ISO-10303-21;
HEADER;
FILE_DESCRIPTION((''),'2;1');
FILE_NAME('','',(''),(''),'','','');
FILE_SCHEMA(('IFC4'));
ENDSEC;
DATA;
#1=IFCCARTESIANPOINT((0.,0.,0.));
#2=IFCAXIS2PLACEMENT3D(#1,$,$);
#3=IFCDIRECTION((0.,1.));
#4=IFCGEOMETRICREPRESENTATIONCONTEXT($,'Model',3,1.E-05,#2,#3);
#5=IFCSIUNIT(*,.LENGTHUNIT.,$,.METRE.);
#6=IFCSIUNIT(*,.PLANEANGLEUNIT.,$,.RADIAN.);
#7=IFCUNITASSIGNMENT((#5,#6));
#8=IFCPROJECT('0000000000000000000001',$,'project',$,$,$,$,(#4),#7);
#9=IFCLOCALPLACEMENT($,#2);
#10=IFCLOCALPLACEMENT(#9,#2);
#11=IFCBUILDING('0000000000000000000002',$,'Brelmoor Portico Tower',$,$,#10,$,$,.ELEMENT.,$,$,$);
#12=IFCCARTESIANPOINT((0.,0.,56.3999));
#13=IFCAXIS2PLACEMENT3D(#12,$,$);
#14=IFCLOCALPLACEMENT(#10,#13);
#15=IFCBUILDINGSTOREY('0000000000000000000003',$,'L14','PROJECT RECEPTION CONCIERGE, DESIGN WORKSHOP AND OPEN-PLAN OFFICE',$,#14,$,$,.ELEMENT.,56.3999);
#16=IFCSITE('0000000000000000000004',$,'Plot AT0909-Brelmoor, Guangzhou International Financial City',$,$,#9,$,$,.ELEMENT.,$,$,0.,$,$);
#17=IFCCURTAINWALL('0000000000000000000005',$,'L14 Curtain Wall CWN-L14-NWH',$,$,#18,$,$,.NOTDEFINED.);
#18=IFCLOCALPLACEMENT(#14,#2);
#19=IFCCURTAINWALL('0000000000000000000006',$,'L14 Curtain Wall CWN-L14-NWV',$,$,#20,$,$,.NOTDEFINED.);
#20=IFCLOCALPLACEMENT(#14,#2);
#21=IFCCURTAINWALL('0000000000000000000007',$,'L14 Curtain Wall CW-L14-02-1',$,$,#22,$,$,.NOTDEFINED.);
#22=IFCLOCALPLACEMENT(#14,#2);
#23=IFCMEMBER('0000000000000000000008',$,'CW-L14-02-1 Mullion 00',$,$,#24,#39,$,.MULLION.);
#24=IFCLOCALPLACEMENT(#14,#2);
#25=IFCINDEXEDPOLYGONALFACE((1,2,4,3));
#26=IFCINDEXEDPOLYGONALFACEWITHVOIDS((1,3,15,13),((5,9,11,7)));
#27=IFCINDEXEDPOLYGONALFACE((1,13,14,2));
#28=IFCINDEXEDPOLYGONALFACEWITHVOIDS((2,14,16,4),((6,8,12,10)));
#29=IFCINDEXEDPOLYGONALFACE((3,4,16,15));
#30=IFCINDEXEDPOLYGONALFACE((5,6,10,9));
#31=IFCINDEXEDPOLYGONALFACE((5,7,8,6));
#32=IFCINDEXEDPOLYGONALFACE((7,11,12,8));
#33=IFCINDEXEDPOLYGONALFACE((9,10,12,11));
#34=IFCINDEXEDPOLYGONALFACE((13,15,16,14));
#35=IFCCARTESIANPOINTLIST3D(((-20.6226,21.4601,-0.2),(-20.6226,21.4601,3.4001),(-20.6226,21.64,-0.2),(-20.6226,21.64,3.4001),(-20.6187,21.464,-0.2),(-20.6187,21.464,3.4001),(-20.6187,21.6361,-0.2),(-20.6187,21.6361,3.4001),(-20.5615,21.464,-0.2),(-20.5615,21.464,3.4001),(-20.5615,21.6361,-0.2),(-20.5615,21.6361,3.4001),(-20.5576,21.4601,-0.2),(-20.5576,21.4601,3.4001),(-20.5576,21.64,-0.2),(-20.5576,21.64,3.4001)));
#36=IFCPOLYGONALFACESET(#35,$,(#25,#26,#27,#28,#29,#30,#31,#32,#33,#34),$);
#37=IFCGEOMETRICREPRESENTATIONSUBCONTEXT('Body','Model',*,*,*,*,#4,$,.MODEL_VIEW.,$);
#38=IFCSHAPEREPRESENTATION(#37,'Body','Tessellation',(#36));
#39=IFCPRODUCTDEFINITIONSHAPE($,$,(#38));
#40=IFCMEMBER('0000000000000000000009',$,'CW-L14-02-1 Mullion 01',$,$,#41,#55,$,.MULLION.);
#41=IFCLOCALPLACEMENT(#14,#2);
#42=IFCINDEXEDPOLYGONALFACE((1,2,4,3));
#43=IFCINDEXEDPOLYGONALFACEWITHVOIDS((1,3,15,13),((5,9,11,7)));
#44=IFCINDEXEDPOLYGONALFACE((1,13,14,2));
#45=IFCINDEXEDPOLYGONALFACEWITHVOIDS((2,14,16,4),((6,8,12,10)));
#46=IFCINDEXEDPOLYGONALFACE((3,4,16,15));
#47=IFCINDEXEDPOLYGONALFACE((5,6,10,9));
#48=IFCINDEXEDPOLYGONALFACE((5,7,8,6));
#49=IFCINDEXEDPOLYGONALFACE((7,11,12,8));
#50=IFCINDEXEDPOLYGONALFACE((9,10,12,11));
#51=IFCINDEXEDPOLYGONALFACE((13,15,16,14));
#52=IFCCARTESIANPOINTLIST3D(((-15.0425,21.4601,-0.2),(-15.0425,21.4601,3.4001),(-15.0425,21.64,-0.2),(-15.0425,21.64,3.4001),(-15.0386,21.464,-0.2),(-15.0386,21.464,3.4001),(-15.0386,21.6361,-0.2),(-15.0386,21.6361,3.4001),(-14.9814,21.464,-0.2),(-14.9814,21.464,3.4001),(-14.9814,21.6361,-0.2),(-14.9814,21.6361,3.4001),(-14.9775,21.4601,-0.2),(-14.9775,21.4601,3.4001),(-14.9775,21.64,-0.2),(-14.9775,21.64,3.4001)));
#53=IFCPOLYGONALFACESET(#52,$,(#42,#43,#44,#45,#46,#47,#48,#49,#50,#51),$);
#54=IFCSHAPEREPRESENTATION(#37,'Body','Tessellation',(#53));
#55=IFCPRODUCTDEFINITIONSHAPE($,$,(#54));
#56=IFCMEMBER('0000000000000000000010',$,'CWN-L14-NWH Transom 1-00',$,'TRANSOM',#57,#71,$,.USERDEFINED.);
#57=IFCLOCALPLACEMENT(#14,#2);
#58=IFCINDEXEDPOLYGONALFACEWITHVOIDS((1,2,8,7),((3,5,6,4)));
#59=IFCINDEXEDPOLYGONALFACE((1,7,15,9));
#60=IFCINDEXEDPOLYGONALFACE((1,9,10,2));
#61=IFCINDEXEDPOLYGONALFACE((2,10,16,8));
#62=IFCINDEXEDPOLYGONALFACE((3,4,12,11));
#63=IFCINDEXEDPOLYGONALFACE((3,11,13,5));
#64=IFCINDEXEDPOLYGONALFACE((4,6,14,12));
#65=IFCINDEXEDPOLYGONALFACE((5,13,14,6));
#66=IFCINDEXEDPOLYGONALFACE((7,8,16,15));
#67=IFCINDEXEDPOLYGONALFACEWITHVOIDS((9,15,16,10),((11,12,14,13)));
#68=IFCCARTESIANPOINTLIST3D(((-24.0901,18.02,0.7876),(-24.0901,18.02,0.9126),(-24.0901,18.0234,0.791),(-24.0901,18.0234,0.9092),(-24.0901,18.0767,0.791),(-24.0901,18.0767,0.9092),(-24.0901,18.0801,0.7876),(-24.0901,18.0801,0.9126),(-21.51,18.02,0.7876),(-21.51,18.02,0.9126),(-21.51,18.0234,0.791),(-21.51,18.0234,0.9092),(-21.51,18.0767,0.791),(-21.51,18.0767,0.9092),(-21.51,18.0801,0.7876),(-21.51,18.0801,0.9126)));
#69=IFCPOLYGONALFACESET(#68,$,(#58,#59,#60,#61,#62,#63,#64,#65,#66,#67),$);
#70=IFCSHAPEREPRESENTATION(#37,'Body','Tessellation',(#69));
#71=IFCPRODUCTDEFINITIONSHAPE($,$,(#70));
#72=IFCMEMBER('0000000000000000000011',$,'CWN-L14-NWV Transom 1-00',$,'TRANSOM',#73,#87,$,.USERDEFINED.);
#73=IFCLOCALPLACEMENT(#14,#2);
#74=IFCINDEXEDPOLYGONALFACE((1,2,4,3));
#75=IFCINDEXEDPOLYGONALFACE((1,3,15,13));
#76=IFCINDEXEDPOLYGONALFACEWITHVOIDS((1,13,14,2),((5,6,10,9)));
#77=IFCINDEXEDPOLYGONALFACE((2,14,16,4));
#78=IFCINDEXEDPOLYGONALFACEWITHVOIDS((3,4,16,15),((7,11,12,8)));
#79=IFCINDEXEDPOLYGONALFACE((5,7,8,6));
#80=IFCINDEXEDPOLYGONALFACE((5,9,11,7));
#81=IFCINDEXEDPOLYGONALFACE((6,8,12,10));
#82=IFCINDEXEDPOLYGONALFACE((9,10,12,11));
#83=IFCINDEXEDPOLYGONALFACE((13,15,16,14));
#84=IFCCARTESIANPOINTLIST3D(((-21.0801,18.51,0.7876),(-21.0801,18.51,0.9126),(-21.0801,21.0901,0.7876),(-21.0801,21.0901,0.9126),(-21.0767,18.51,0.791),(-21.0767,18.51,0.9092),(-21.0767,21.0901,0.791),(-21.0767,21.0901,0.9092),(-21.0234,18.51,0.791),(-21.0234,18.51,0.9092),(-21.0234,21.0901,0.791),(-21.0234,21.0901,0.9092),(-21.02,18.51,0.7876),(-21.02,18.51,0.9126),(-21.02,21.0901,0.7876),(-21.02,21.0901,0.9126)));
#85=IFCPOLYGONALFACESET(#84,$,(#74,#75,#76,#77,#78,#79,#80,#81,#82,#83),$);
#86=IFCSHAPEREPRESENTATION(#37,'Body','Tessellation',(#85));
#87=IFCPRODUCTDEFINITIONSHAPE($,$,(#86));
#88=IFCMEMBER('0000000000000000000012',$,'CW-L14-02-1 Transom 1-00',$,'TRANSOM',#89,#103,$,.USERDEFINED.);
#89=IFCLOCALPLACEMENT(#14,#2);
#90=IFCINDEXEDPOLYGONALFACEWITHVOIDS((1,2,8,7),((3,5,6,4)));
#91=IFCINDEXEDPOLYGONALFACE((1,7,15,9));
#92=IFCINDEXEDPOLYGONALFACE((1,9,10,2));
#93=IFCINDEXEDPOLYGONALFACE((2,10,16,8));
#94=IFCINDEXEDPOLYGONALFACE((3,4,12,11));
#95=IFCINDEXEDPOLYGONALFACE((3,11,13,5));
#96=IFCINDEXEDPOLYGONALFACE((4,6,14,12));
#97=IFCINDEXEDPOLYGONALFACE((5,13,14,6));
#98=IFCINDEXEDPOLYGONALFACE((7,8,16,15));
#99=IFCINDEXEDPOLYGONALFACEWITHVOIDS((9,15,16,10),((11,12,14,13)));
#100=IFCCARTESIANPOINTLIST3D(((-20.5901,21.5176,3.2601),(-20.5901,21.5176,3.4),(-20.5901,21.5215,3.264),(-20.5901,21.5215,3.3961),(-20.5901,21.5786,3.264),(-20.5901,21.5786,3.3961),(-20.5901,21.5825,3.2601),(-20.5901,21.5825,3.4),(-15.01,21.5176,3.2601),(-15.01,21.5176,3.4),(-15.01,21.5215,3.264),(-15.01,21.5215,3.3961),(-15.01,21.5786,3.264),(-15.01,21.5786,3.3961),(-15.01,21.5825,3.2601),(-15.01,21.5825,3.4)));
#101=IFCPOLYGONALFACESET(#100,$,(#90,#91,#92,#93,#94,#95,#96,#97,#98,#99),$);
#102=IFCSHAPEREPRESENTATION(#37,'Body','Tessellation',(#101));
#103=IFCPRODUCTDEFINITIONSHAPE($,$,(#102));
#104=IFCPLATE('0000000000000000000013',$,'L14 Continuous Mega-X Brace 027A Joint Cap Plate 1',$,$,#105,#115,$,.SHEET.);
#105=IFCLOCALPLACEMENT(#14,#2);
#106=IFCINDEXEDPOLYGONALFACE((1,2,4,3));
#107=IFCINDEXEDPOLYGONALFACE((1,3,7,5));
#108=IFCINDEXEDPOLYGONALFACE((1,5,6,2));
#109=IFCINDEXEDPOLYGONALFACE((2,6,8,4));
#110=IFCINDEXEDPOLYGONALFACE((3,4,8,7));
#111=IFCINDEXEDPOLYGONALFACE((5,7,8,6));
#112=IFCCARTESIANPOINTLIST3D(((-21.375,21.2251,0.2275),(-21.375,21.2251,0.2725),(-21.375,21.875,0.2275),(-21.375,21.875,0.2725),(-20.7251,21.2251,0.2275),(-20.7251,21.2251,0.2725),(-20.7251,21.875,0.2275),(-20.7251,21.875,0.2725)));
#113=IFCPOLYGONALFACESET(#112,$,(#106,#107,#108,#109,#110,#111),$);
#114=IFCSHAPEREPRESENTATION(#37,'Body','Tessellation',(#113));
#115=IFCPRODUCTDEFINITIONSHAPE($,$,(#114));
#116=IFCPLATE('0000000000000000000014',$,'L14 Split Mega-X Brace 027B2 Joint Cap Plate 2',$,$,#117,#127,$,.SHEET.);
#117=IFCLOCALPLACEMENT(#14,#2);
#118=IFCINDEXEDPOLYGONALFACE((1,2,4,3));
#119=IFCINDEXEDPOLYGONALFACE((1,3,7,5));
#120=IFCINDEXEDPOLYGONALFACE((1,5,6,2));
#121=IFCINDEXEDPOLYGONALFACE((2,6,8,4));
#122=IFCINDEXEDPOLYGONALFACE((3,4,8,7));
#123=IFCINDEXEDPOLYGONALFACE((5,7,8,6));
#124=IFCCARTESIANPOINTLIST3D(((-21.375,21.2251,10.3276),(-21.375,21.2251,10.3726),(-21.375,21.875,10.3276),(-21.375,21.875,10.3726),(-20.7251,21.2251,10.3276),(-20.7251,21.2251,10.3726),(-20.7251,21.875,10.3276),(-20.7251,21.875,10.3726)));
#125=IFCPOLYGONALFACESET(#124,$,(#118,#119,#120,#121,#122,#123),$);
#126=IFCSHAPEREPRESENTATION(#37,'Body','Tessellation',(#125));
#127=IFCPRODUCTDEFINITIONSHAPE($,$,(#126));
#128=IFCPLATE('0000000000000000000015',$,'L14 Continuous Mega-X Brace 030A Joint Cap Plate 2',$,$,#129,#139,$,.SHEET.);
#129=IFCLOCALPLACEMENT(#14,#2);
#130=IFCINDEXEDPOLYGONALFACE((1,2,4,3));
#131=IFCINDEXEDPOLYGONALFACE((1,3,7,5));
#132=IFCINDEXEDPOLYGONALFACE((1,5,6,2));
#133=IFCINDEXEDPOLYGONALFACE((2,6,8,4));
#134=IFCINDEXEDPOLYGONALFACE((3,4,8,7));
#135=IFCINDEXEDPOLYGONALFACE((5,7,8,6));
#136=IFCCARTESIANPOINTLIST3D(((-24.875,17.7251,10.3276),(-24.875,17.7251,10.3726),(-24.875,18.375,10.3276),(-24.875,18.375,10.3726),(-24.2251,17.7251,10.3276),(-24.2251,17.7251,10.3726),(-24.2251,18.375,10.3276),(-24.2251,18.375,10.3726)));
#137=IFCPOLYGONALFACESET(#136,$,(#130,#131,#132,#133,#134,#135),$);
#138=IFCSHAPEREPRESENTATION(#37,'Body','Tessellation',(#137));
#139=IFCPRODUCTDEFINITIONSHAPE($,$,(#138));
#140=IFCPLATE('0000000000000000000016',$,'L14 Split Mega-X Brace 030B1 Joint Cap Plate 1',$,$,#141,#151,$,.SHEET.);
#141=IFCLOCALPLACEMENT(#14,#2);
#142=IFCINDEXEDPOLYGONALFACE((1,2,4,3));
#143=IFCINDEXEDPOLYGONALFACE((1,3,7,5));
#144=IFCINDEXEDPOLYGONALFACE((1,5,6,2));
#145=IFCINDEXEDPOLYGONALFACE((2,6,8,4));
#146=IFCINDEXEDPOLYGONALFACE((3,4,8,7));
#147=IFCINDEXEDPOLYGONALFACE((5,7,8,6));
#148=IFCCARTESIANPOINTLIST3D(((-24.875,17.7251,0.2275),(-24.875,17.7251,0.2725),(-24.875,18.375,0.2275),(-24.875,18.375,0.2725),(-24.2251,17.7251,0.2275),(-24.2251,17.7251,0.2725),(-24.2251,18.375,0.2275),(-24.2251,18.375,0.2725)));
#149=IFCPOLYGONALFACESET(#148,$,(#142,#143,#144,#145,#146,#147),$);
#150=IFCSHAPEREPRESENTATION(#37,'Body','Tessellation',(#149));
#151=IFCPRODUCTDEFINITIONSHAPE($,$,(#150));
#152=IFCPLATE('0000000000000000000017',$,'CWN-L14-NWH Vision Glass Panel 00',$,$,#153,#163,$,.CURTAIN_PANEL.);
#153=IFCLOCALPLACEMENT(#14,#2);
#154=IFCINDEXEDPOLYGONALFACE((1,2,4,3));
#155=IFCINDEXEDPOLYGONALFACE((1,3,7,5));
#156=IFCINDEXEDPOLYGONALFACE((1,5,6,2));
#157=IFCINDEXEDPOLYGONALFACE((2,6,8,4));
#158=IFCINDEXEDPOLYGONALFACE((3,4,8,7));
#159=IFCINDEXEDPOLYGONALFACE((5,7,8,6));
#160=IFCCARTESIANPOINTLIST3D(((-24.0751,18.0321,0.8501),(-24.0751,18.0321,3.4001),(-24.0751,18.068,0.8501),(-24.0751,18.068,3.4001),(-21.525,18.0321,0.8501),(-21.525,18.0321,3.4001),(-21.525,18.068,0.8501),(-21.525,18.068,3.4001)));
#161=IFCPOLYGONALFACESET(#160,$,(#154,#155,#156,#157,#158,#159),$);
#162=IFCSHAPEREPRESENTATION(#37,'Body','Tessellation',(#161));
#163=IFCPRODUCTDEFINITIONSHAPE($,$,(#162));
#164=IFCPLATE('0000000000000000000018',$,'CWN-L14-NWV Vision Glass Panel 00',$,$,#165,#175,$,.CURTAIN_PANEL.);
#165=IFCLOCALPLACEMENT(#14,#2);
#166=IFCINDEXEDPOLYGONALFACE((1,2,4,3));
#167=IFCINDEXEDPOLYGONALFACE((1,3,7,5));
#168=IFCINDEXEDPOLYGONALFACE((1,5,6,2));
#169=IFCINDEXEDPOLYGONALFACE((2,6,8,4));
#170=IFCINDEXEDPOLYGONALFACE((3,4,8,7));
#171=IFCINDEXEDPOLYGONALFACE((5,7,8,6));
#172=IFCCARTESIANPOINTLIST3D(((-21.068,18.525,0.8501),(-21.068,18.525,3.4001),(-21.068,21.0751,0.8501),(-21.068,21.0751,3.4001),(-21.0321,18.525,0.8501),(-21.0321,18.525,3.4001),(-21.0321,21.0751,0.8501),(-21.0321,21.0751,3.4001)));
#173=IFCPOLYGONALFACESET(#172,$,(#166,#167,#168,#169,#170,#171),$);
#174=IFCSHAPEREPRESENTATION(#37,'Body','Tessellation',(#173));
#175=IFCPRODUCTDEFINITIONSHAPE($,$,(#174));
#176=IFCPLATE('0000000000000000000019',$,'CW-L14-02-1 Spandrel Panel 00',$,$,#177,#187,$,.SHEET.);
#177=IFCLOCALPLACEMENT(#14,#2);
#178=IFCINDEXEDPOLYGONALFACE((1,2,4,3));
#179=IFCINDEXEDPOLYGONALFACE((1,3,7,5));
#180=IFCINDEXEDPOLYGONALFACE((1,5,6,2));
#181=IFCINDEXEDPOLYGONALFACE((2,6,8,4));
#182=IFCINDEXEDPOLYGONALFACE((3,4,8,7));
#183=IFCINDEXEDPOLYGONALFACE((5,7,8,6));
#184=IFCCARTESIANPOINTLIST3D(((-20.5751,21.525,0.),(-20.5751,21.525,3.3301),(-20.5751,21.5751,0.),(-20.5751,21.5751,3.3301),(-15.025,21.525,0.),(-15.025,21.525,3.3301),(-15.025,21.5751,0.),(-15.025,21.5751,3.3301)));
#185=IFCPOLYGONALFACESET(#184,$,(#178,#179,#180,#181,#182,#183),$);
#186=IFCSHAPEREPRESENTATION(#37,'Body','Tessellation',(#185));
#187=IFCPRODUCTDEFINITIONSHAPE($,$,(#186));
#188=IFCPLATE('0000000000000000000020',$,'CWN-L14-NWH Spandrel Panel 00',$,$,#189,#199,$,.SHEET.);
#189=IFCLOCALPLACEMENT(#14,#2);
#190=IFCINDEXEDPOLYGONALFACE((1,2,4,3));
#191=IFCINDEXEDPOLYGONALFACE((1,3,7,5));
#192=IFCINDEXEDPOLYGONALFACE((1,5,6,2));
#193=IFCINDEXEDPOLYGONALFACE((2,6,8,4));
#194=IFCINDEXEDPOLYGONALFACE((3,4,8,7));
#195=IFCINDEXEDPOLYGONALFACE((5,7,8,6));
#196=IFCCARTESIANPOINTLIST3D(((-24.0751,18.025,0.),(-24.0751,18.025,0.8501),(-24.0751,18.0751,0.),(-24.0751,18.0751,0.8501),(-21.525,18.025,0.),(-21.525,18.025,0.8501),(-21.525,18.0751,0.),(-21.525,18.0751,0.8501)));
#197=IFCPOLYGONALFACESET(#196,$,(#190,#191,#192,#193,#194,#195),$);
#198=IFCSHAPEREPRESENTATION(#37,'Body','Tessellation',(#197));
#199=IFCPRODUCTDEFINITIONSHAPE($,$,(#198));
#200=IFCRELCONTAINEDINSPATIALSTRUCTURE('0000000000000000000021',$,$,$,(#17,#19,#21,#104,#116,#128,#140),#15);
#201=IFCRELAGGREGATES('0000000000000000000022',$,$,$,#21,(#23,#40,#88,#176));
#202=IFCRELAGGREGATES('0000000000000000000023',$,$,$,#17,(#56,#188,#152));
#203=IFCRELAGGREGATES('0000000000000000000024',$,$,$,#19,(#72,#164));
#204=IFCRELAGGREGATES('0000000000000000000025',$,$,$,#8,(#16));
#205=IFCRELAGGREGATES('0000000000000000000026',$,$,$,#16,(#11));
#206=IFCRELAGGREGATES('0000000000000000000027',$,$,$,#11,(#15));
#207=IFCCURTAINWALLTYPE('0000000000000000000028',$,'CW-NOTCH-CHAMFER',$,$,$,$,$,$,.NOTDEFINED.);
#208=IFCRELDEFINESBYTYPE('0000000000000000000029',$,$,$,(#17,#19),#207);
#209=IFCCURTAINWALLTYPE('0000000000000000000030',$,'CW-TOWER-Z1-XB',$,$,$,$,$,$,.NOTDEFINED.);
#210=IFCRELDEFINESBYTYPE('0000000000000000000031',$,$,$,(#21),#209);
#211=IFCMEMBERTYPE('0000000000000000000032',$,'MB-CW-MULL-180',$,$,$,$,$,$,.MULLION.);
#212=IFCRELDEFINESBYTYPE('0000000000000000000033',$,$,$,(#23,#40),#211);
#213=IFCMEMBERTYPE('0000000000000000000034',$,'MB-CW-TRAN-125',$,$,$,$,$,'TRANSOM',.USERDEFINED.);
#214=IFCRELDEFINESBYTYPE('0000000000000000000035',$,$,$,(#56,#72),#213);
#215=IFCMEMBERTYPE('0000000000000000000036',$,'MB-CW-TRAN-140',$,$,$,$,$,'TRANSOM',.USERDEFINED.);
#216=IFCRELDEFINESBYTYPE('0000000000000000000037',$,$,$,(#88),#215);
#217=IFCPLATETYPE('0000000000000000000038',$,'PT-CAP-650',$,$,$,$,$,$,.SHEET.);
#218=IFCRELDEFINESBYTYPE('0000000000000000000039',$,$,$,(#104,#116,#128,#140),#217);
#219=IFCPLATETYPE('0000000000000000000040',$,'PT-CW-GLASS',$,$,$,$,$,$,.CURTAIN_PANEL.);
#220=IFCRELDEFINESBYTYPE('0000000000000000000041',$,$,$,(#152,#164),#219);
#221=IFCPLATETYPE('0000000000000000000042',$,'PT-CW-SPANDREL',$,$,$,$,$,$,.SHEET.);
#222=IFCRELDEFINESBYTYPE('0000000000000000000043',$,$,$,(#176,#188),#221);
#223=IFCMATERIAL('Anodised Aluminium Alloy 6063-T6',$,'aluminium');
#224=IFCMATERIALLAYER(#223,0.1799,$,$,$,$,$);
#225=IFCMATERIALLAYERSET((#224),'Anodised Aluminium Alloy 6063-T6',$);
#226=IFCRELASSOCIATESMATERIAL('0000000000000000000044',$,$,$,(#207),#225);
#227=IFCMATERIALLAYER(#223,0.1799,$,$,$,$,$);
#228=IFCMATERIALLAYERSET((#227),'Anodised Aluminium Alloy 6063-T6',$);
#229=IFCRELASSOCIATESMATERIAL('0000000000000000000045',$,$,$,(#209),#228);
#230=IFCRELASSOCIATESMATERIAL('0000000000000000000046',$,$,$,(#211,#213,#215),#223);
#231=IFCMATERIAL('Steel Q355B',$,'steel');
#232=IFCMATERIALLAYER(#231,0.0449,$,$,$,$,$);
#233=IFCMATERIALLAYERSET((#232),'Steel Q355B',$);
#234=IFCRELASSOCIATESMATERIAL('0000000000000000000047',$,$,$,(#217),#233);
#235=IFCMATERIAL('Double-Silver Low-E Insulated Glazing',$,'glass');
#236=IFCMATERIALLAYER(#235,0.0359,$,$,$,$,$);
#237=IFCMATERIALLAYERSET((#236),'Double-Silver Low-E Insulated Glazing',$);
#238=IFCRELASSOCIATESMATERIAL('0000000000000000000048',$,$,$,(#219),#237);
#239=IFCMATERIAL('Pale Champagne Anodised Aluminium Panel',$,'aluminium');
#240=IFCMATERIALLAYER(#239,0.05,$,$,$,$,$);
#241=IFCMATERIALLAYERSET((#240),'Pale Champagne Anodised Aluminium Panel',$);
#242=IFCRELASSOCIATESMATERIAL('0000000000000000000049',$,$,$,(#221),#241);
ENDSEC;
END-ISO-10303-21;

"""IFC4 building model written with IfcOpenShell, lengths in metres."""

from ifc_helpers import new_model, si_unit, direction, frame, origin, origin_2d, place, context, subcontext, project, spatial, rectangle, hollow_rectangle, extrude, material, layer, layer_set, material_profile, profile_set, type_object, element, aggregate, save


model = new_model("IFC4")

# Units and contexts
model_context = context("Model", 3, precision=1e-05, world=origin(), true_north=direction((0.0, 1.0)))
body_context = subcontext(model_context, "Body", "Model", "MODEL_VIEW")
ifc_project = project(units=[si_unit("LENGTHUNIT", "METRE"), si_unit("PLANEANGLEUNIT", "RADIAN")], contexts=[model_context])

# Site, building, storey
site_placement = place(None, origin())
site = spatial("IfcSite", under=ifc_project, at=site_placement, Name="Plot AT0909-Brelmoor, Guangzhou International Financial City", CompositionType="ELEMENT", RefElevation=0.0)
building_placement = place(site_placement, origin())
building = spatial("IfcBuilding", under=site, at=building_placement, Name="Brelmoor Portico Tower", CompositionType="ELEMENT")
storey_placement = place(building_placement, frame((0.0, 0.0, 56.3999)))
storey = spatial("IfcBuildingStorey", under=building, at=storey_placement, Name="L14", Description="PROJECT RECEPTION CONCIERGE, DESIGN WORKSHOP AND OPEN-PLAN OFFICE", CompositionType="ELEMENT", Elevation=56.3999)

# Shared definitions
ifc_material_1 = material(Name="Steel Q355B", Category="steel")

# Curtain walls, members
ifc_material_2 = material(Name="Anodised Aluminium Alloy 6063-T6", Category="aluminium")
ifc_layer_1 = layer(ifc_material_2, 0.1799)
ifc_layer_set_1 = layer_set([ifc_layer_1], Name="Anodised Aluminium Alloy 6063-T6")
curtain_wall_type_1 = type_object("IfcCurtainWallType", Name="CW-NOTCH-CHAMFER", PredefinedType="NOTDEFINED", material=ifc_layer_set_1)
curtain_wall_1_placement = place(storey_placement, origin())
curtain_wall_1 = element("IfcCurtainWall", 1, at=curtain_wall_1_placement, inside=storey, type_object=curtain_wall_type_1, Name="L14 Curtain Wall CWN-L14-NWH", PredefinedType="NOTDEFINED")
curtain_wall_2_placement = place(storey_placement, origin())
curtain_wall_2 = element("IfcCurtainWall", 2, at=curtain_wall_2_placement, inside=storey, type_object=curtain_wall_type_1, Name="L14 Curtain Wall CWN-L14-NWV", PredefinedType="NOTDEFINED")
ifc_layer_2 = layer(ifc_material_2, 0.1799)
ifc_layer_set_2 = layer_set([ifc_layer_2], Name="Anodised Aluminium Alloy 6063-T6")
curtain_wall_type_2 = type_object("IfcCurtainWallType", Name="CW-TOWER-Z1-XB", PredefinedType="NOTDEFINED", material=ifc_layer_set_2)
curtain_wall_3_placement = place(storey_placement, origin())
curtain_wall_3 = element("IfcCurtainWall", 3, at=curtain_wall_3_placement, inside=storey, type_object=curtain_wall_type_2, Name="L14 Curtain Wall CW-L14-02-1", PredefinedType="NOTDEFINED")
ifc_material_profile_1 = material_profile(ifc_material_2, hollow_rectangle(XDim=0.0649, YDim=0.1799, WallThickness=0.0039, at=origin_2d()), Name="ALU MULLION 65x180")
ifc_profile_set_1 = profile_set([ifc_material_profile_1], Name="Anodised Aluminium Alloy 6063-T6")
member_type_1 = type_object("IfcMemberType", Name="MB-CW-MULL-180", PredefinedType="MULLION", material=ifc_profile_set_1)
member_1_placement = place(storey_placement, frame((-20.5901, 21.55, -0.2), z_axis=(0.0, 0.0, 1.0), x_axis=(1.0, 0.0, 0.0)))
member_1 = element("IfcMember", 4, at=member_1_placement, type_object=member_type_1, Name="CW-L14-02-1 Mullion 00", PredefinedType="MULLION", context=body_context, shape_type="SweptSolid", body=[
    extrude(hollow_rectangle(XDim=0.0649, YDim=0.1799, WallThickness=0.0039, at=origin_2d()), origin(), (0.0, 0.0, 1.0), 3.6001),
])
member_2_placement = place(storey_placement, frame((-15.01, 21.55, -0.2), z_axis=(0.0, 0.0, 1.0), x_axis=(1.0, 0.0, 0.0)))
member_2 = element("IfcMember", 5, at=member_2_placement, type_object=member_type_1, Name="CW-L14-02-1 Mullion 01", PredefinedType="MULLION", context=body_context, shape_type="SweptSolid", body=[
    extrude(hollow_rectangle(XDim=0.0649, YDim=0.1799, WallThickness=0.0039, at=origin_2d()), origin(), (0.0, 0.0, 1.0), 3.6001),
])

# Members
ifc_material_profile_2 = material_profile(ifc_material_2, hollow_rectangle(XDim=0.0601, YDim=0.125, WallThickness=0.0034, at=origin_2d()), Name="ALU TRANSOM 60x125")
ifc_profile_set_2 = profile_set([ifc_material_profile_2], Name="Anodised Aluminium Alloy 6063-T6")
member_type_2 = type_object("IfcMemberType", Name="MB-CW-TRAN-125", ElementType="TRANSOM", PredefinedType="USERDEFINED", material=ifc_profile_set_2)
member_3_placement = place(storey_placement, frame((-24.0901, 18.05, 0.8501), z_axis=(1.0, 0.0, 0.0), x_axis=(0.0, 1.0, 0.0)))
member_3 = element("IfcMember", 6, at=member_3_placement, type_object=member_type_2, Name="CWN-L14-NWH Transom 1-00", ObjectType="TRANSOM", PredefinedType="USERDEFINED", context=body_context, shape_type="SweptSolid", body=[
    extrude(hollow_rectangle(XDim=0.0601, YDim=0.125, WallThickness=0.0034, at=origin_2d()), origin(), (0.0, 0.0, 1.0), 2.5801),
])
member_4_placement = place(storey_placement, frame((-21.05, 18.51, 0.8501), z_axis=(0.0, 1.0, 0.0), x_axis=(-1.0, 0.0, 0.0)))
member_4 = element("IfcMember", 7, at=member_4_placement, type_object=member_type_2, Name="CWN-L14-NWV Transom 1-00", ObjectType="TRANSOM", PredefinedType="USERDEFINED", context=body_context, shape_type="SweptSolid", body=[
    extrude(hollow_rectangle(XDim=0.0601, YDim=0.125, WallThickness=0.0034, at=origin_2d()), origin(), (0.0, 0.0, 1.0), 2.5801),
])
ifc_material_profile_3 = material_profile(ifc_material_2, hollow_rectangle(XDim=0.0649, YDim=0.1399, WallThickness=0.0039, at=origin_2d()), Name="ALU TRANSOM 65x140")
ifc_profile_set_3 = profile_set([ifc_material_profile_3], Name="Anodised Aluminium Alloy 6063-T6")
member_type_3 = type_object("IfcMemberType", Name="MB-CW-TRAN-140", ElementType="TRANSOM", PredefinedType="USERDEFINED", material=ifc_profile_set_3)
member_5_placement = place(storey_placement, frame((-20.5901, 21.55, 3.3301), z_axis=(1.0, 0.0, 0.0), x_axis=(0.0, 1.0, 0.0)))
member_5 = element("IfcMember", 8, at=member_5_placement, type_object=member_type_3, Name="CW-L14-02-1 Transom 1-00", ObjectType="TRANSOM", PredefinedType="USERDEFINED", context=body_context, shape_type="SweptSolid", body=[
    extrude(hollow_rectangle(XDim=0.0649, YDim=0.1399, WallThickness=0.0039, at=origin_2d()), origin(), (0.0, 0.0, 1.0), 5.5801),
])

# Plates
ifc_layer_3 = layer(ifc_material_1, 0.0449)
ifc_layer_set_3 = layer_set([ifc_layer_3], Name="Steel Q355B")
plate_type_1 = type_object("IfcPlateType", Name="PT-CAP-650", PredefinedType="SHEET", material=ifc_layer_set_3)
for number, where, z_axis, x_axis, name in (
    (9, (-21.05, 21.55, 0.2275), (0.0, 0.0, 1.0), (1.0, 0.0, 0.0), "L14 Continuous Mega-X Brace 027A Joint Cap Plate 1"),
    (10, (-21.05, 21.55, 10.3276), (0.0, 0.0, 1.0), (1.0, 0.0, 0.0), "L14 Split Mega-X Brace 027B2 Joint Cap Plate 2"),
    (11, (-24.55, 18.05, 10.3276), (0.0, 0.0, 1.0), (1.0, 0.0, 0.0), "L14 Continuous Mega-X Brace 030A Joint Cap Plate 2"),
    (12, (-24.55, 18.05, 0.2275), (0.0, 0.0, 1.0), (1.0, 0.0, 0.0), "L14 Split Mega-X Brace 030B1 Joint Cap Plate 1"),
):
    element("IfcPlate", number, at=place(storey_placement, frame(where, z_axis=z_axis, x_axis=x_axis)), inside=storey, type_object=plate_type_1, Name=name, PredefinedType="SHEET", context=body_context, shape_type="SweptSolid", body=[
        extrude(rectangle(XDim=0.6499, YDim=0.6499, at=origin_2d()), origin(), (0.0, 0.0, 1.0), 0.0449),
    ])

# Plates
ifc_material_3 = material(Name="Double-Silver Low-E Insulated Glazing", Category="glass")
ifc_layer_4 = layer(ifc_material_3, 0.0359)
ifc_layer_set_4 = layer_set([ifc_layer_4], Name="Double-Silver Low-E Insulated Glazing")
plate_type_2 = type_object("IfcPlateType", Name="PT-CW-GLASS", PredefinedType="CURTAIN_PANEL", material=ifc_layer_set_4)
plate_1_placement = place(storey_placement, frame((-22.8, 18.05, 0.8501), z_axis=(0.0, 0.0, 1.0), x_axis=(1.0, 0.0, 0.0)))
plate_1 = element("IfcPlate", 13, at=plate_1_placement, type_object=plate_type_2, Name="CWN-L14-NWH Vision Glass Panel 00", PredefinedType="CURTAIN_PANEL", context=body_context, shape_type="SweptSolid", body=[
    extrude(rectangle(XDim=2.55, YDim=0.0359, at=origin_2d()), origin(), (0.0, 0.0, 1.0), 2.55),
])
plate_2_placement = place(storey_placement, frame((-21.05, 19.8, 0.8501), z_axis=(0.0, 0.0, 1.0), x_axis=(0.0, 1.0, 0.0)))
plate_2 = element("IfcPlate", 14, at=plate_2_placement, type_object=plate_type_2, Name="CWN-L14-NWV Vision Glass Panel 00", PredefinedType="CURTAIN_PANEL", context=body_context, shape_type="SweptSolid", body=[
    extrude(rectangle(XDim=2.55, YDim=0.0359, at=origin_2d()), origin(), (0.0, 0.0, 1.0), 2.55),
])
ifc_material_4 = material(Name="Pale Champagne Anodised Aluminium Panel", Category="aluminium")
ifc_layer_5 = layer(ifc_material_4, 0.05)
ifc_layer_set_5 = layer_set([ifc_layer_5], Name="Pale Champagne Anodised Aluminium Panel")
plate_type_3 = type_object("IfcPlateType", Name="PT-CW-SPANDREL", PredefinedType="SHEET", material=ifc_layer_set_5)
plate_3_placement = place(storey_placement, frame((-17.8, 21.55, 0.0), z_axis=(0.0, 0.0, 1.0), x_axis=(1.0, 0.0, 0.0)))
plate_3 = element("IfcPlate", 15, at=plate_3_placement, type_object=plate_type_3, Name="CW-L14-02-1 Spandrel Panel 00", PredefinedType="SHEET", context=body_context, shape_type="SweptSolid", body=[
    extrude(rectangle(XDim=5.55, YDim=0.05, at=origin_2d()), origin(), (0.0, 0.0, 1.0), 3.3301),
])
aggregate(curtain_wall_3, [member_1, member_2, member_5, plate_3])
plate_4_placement = place(storey_placement, frame((-22.8, 18.05, 0.0), z_axis=(0.0, 0.0, 1.0), x_axis=(1.0, 0.0, 0.0)))
plate_4 = element("IfcPlate", 16, at=plate_4_placement, type_object=plate_type_3, Name="CWN-L14-NWH Spandrel Panel 00", PredefinedType="SHEET", context=body_context, shape_type="SweptSolid", body=[
    extrude(rectangle(XDim=2.55, YDim=0.05, at=origin_2d()), origin(), (0.0, 0.0, 1.0), 0.8501),
])
aggregate(curtain_wall_1, [member_3, plate_4, plate_1])
aggregate(curtain_wall_2, [member_4, plate_2])

save(model, "model.ifc")
